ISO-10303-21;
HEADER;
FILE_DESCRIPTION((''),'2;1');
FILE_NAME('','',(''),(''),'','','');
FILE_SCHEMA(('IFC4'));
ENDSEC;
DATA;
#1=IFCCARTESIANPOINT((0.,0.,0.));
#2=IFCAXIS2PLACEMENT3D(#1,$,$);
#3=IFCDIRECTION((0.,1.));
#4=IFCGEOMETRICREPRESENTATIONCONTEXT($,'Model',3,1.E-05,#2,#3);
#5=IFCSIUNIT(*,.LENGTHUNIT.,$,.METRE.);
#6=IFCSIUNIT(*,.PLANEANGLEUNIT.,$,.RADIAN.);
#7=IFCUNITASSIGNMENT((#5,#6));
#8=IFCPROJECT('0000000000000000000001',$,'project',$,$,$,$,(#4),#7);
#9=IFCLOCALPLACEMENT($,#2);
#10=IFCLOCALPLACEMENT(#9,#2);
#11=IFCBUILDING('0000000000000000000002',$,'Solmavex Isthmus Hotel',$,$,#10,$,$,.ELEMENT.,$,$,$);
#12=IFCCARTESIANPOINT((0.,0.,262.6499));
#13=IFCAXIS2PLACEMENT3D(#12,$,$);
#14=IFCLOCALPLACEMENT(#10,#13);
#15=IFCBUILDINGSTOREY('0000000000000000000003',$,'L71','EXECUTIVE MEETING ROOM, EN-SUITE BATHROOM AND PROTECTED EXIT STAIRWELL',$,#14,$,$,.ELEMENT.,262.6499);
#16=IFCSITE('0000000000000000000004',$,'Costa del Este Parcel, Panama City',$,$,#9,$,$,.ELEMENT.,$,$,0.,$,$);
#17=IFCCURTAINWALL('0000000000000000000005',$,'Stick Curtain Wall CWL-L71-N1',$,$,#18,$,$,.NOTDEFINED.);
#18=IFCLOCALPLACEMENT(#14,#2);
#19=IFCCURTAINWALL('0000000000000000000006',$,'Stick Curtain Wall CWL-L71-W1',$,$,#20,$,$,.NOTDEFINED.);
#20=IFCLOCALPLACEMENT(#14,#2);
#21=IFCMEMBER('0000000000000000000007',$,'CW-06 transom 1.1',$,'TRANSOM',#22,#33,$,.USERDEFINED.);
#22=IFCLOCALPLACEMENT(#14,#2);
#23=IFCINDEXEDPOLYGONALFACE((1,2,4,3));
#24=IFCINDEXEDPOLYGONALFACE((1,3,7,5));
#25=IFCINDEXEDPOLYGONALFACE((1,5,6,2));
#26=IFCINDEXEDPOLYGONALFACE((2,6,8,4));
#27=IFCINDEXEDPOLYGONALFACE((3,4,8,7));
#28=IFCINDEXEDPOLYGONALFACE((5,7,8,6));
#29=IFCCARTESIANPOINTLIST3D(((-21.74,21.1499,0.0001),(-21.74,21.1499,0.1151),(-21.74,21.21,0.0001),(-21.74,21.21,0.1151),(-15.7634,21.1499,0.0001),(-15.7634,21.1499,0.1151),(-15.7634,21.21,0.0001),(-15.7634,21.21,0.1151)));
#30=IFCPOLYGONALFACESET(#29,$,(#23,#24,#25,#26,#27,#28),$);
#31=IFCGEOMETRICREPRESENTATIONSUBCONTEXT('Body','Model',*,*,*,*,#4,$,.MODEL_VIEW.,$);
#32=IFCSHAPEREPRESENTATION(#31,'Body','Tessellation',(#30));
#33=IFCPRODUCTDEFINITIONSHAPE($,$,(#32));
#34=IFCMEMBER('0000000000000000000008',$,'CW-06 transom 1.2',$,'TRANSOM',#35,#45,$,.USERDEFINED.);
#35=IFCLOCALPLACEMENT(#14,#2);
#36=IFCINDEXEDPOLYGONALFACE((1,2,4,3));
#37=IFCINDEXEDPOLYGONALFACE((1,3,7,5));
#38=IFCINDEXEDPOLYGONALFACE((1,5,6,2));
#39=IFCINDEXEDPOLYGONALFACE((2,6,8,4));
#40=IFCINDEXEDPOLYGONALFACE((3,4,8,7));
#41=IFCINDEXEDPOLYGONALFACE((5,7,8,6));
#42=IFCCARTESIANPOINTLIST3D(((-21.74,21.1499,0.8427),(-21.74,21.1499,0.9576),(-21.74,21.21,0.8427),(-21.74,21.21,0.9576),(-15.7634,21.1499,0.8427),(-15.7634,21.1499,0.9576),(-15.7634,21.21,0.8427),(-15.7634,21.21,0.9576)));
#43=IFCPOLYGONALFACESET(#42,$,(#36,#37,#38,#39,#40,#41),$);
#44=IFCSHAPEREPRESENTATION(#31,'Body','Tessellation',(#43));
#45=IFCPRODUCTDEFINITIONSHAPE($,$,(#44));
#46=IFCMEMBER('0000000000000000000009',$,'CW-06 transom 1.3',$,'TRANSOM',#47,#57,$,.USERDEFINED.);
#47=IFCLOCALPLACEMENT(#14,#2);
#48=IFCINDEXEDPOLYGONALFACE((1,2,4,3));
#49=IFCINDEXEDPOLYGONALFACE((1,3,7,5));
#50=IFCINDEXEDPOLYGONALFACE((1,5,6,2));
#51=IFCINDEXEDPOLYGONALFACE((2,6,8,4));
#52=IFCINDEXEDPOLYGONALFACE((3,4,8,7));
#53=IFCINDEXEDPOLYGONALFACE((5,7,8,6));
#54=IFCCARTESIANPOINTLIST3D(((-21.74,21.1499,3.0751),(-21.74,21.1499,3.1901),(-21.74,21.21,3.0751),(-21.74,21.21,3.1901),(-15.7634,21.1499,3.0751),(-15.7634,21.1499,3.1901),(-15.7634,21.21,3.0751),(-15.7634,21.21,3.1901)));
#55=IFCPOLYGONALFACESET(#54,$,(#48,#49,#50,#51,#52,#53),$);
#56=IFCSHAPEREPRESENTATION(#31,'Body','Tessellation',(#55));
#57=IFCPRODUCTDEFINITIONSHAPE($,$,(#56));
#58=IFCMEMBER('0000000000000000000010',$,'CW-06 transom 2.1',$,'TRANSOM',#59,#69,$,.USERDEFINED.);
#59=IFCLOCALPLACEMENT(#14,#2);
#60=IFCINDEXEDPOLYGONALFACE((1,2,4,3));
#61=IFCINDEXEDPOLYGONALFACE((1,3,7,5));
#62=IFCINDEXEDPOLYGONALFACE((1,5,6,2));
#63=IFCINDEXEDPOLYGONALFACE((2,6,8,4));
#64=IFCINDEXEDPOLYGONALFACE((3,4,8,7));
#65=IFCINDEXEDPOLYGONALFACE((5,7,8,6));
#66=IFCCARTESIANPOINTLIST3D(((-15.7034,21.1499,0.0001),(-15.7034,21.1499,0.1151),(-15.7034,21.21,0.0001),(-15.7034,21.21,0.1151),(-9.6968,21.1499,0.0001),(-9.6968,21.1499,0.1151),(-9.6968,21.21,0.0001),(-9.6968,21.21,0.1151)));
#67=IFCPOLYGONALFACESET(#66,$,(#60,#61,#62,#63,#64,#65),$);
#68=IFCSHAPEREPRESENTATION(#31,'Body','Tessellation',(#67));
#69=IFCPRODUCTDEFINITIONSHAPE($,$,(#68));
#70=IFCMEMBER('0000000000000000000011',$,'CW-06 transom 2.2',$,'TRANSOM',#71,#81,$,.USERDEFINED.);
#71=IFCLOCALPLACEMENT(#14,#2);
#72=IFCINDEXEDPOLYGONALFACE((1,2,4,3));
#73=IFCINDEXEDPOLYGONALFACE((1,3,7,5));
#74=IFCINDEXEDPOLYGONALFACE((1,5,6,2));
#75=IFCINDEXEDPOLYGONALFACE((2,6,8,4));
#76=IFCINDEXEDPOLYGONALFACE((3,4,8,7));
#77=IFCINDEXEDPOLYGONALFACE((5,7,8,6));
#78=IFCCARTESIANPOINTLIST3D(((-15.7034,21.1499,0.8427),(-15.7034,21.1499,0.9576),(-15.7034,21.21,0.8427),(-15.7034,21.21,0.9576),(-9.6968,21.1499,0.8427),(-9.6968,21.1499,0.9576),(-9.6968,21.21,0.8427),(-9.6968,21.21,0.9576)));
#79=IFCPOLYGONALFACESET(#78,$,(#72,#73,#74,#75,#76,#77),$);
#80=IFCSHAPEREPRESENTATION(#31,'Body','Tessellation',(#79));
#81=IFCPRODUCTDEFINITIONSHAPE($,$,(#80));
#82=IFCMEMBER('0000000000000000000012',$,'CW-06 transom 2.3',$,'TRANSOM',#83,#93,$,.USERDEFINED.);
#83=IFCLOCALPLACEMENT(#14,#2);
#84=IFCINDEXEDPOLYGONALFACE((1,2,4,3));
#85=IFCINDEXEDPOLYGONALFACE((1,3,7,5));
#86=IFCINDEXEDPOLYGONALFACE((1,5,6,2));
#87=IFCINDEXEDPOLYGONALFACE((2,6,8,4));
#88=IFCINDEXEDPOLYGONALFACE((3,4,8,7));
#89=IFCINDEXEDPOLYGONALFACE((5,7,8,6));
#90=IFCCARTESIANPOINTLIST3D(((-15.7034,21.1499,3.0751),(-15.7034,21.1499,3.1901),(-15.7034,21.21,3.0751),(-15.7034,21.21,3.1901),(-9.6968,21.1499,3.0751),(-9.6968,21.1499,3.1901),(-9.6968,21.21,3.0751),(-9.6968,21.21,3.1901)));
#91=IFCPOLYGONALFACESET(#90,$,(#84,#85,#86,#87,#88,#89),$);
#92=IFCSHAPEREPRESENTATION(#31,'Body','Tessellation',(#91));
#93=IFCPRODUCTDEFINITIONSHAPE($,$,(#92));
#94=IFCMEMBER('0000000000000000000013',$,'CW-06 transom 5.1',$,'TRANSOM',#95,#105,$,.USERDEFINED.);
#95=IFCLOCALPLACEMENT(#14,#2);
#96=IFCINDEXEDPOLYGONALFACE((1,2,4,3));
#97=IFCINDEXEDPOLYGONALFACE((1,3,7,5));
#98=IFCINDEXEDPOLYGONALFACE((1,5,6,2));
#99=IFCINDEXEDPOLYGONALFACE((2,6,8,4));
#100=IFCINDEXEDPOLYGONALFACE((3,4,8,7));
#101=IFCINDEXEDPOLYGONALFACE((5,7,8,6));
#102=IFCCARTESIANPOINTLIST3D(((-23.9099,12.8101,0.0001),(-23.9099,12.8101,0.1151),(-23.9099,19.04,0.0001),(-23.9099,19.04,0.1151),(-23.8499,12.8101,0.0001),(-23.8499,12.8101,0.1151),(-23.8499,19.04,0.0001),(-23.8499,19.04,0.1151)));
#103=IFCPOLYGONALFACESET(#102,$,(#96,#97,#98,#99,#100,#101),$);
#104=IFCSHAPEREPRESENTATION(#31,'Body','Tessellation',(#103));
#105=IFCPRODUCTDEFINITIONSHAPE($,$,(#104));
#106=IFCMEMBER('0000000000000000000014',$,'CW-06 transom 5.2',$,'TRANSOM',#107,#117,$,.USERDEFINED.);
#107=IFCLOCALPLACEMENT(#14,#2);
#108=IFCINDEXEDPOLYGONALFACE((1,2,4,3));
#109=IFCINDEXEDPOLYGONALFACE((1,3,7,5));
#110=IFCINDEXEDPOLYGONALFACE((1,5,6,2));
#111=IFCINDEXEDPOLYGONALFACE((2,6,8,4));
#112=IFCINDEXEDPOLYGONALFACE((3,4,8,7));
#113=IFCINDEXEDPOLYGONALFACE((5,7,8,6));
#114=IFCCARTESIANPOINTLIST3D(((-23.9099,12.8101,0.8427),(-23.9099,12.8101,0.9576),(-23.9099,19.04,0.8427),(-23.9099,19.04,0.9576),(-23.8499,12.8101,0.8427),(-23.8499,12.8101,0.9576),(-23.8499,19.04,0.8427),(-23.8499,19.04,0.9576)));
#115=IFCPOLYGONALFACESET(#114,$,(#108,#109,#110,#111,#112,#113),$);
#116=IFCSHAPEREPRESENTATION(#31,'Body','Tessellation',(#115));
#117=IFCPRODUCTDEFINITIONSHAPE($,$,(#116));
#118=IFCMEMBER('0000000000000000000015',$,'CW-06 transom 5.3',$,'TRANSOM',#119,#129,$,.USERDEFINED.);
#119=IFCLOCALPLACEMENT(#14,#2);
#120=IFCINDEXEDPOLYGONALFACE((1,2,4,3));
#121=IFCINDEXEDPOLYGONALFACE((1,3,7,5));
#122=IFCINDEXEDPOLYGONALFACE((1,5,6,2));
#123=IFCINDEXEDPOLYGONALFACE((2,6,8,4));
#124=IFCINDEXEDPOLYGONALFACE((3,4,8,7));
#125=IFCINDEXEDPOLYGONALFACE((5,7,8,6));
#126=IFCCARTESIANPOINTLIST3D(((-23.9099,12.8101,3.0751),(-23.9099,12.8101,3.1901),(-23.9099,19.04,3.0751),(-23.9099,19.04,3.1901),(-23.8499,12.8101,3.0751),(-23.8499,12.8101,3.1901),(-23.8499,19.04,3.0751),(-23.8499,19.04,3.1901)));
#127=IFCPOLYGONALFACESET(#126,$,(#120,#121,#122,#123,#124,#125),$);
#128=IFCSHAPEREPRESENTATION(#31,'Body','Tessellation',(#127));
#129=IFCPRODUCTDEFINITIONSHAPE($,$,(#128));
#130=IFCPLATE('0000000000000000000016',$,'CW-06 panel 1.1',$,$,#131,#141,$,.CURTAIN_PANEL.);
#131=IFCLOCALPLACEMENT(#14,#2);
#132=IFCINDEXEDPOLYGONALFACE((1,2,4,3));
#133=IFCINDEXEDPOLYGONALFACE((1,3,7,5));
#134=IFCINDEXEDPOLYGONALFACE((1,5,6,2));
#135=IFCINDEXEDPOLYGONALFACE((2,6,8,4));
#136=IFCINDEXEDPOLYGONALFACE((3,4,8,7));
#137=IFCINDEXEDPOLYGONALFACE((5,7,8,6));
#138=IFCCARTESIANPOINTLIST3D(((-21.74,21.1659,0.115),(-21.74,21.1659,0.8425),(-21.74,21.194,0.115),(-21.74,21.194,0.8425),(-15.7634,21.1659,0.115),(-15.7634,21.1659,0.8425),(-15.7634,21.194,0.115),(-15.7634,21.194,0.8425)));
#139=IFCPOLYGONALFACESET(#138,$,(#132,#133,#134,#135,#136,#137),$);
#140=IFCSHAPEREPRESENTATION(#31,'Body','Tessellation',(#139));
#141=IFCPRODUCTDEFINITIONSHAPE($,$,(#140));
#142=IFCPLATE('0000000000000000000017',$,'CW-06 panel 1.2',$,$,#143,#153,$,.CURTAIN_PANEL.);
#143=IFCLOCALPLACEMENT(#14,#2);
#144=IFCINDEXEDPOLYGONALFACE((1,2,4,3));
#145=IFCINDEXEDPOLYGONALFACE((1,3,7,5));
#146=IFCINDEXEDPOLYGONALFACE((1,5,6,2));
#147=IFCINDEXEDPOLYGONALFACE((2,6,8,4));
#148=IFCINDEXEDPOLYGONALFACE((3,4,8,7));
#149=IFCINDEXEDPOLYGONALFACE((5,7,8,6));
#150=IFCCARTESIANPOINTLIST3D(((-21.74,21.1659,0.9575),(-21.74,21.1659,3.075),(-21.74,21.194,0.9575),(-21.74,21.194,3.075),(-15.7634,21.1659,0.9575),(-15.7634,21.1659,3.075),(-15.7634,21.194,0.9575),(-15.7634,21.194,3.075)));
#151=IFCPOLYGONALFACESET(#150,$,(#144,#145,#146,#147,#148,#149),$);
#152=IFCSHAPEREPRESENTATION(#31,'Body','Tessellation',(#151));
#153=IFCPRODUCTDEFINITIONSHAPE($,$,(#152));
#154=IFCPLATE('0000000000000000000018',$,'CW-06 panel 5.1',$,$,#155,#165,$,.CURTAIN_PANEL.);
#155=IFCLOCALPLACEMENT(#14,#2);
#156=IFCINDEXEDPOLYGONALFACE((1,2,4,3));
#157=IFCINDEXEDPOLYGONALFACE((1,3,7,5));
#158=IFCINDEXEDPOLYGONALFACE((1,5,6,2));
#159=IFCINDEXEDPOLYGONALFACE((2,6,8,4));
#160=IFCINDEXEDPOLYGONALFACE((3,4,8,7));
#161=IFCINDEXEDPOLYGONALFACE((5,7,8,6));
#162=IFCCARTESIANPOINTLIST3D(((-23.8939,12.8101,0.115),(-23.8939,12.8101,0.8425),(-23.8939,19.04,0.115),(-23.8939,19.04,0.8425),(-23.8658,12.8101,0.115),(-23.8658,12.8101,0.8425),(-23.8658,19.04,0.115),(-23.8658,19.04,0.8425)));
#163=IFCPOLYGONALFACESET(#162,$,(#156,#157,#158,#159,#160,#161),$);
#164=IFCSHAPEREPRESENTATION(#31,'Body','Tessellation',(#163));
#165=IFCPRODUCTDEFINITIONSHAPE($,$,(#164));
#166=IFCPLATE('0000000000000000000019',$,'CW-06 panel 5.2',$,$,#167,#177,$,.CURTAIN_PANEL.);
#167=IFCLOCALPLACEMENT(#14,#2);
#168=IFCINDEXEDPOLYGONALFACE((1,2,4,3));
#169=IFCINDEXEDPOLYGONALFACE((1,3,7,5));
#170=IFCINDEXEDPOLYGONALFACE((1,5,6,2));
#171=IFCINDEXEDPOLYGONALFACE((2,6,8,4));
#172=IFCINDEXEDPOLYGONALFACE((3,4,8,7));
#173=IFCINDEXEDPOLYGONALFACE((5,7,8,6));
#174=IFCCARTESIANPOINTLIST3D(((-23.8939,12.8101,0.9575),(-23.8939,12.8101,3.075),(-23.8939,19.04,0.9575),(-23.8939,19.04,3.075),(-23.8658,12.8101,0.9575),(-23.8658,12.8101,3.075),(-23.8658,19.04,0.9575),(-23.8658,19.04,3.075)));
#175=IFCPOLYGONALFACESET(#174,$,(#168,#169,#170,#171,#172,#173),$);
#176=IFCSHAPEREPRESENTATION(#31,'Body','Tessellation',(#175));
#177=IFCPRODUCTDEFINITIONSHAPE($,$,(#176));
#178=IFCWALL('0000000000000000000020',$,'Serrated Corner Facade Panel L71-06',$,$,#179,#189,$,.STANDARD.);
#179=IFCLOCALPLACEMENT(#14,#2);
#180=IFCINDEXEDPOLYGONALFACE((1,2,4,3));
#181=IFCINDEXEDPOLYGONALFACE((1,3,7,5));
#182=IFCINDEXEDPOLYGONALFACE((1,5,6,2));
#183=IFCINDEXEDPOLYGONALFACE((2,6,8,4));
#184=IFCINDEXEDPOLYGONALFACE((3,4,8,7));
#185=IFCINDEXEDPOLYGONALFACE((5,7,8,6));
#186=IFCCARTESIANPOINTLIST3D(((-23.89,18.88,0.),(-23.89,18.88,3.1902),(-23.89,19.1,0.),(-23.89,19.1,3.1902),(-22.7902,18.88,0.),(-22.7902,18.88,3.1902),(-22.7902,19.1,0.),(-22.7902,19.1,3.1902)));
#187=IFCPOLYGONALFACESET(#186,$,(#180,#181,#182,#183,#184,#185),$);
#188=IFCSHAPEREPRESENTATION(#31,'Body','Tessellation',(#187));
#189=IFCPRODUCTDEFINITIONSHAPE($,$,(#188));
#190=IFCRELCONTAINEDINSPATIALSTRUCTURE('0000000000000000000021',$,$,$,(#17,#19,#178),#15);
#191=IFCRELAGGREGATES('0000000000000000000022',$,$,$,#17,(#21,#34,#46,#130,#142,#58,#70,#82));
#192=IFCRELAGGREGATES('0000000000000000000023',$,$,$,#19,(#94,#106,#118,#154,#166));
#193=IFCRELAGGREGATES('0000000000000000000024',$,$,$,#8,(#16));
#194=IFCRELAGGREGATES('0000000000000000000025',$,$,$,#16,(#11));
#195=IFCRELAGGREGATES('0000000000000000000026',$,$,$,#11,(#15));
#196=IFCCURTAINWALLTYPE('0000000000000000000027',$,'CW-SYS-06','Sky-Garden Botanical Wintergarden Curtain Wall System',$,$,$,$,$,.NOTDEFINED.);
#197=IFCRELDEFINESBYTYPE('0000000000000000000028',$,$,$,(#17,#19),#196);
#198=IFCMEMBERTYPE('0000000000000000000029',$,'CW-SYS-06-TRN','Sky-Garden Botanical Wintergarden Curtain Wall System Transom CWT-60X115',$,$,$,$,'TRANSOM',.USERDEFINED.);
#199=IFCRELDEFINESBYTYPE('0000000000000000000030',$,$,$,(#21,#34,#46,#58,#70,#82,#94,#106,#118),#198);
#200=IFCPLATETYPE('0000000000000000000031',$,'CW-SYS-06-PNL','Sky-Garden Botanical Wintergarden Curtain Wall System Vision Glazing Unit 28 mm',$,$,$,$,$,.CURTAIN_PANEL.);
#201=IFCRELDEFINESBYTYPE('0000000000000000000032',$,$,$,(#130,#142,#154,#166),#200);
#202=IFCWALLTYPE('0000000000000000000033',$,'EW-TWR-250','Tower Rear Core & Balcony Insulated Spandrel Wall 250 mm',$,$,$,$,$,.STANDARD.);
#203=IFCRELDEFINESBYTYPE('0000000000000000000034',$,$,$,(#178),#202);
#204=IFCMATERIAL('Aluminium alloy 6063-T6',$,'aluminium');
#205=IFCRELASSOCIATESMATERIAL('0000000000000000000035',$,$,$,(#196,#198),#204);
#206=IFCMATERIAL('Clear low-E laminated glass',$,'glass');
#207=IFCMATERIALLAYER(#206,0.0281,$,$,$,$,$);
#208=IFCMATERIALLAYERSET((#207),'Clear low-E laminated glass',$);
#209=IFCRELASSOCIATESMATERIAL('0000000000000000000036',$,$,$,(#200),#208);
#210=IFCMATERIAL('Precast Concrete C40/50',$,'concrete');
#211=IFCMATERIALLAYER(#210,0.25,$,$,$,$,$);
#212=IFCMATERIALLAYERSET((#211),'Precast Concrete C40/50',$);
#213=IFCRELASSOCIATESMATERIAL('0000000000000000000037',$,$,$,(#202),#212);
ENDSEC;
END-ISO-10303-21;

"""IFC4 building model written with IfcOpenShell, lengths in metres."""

from ifc_helpers import new_model, si_unit, direction, frame, frame_2d, origin, origin_2d, place, context, subcontext, project, spatial, rectangle, extrude, material, layer, layer_set, material_profile, profile_set, type_object, element, aggregate, save


model = new_model("IFC4")

# Units and contexts
model_context = context("Model", 3, precision=1e-05, world=origin(), true_north=direction((0.0, 1.0)))
body_context = subcontext(model_context, "Body", "Model", "MODEL_VIEW")
ifc_project = project(units=[si_unit("LENGTHUNIT", "METRE"), si_unit("PLANEANGLEUNIT", "RADIAN")], contexts=[model_context])

# Site, building, storey
site_placement = place(None, origin())
site = spatial("IfcSite", under=ifc_project, at=site_placement, Name="Costa del Este Parcel, Panama City", CompositionType="ELEMENT", RefElevation=0.0)
building_placement = place(site_placement, origin())
building = spatial("IfcBuilding", under=site, at=building_placement, Name="Solmavex Isthmus Hotel", CompositionType="ELEMENT")
storey_placement = place(building_placement, frame((0.0, 0.0, 262.6499)))
storey = spatial("IfcBuildingStorey", under=building, at=storey_placement, Name="L71", Description="EXECUTIVE MEETING ROOM, EN-SUITE BATHROOM AND PROTECTED EXIT STAIRWELL", CompositionType="ELEMENT", Elevation=262.6499)

# Curtain wall
ifc_material_1 = material(Name="Aluminium alloy 6063-T6", Category="aluminium")
curtain_wall_type = type_object("IfcCurtainWallType", Name="CW-SYS-06", Description="Sky-Garden Botanical Wintergarden Curtain Wall System", PredefinedType="NOTDEFINED", material=ifc_material_1)
curtain_wall_1_placement = place(storey_placement, origin())
curtain_wall_1 = element("IfcCurtainWall", 1, at=curtain_wall_1_placement, inside=storey, type_object=curtain_wall_type, Name="Stick Curtain Wall CWL-L71-N1", PredefinedType="NOTDEFINED")

# Curtain wall
curtain_wall_2_placement = place(storey_placement, origin())
curtain_wall_2 = element("IfcCurtainWall", 2, at=curtain_wall_2_placement, inside=storey, type_object=curtain_wall_type, Name="Stick Curtain Wall CWL-L71-W1", PredefinedType="NOTDEFINED")

# Members
ifc_material_profile_1 = material_profile(ifc_material_1, rectangle(XDim=0.0601, YDim=0.115, at=origin_2d()), Name="CWT-60X115")
ifc_profile_set_1 = profile_set([ifc_material_profile_1], Name="Aluminium alloy 6063-T6")
member_type_1 = type_object("IfcMemberType", Name="CW-SYS-06-TRN", Description="Sky-Garden Botanical Wintergarden Curtain Wall System Transom CWT-60X115", ElementType="TRANSOM", PredefinedType="USERDEFINED", material=ifc_profile_set_1)
member_1_placement = place(storey_placement, frame((-21.74, 21.1799, 0.0576), z_axis=(1.0, 0.0, 0.0), x_axis=(0.0, 1.0, 0.0)))
member_1 = element("IfcMember", 3, at=member_1_placement, type_object=member_type_1, Name="CW-06 transom 1.1", ObjectType="TRANSOM", PredefinedType="USERDEFINED", context=body_context, shape_type="SweptSolid", body=[
    extrude(rectangle(XDim=0.0601, YDim=0.115, at=origin_2d()), origin(), (0.0, 0.0, 1.0), 5.9766),
])
member_2_placement = place(storey_placement, frame((-21.74, 21.1799, 0.9001), z_axis=(1.0, 0.0, 0.0), x_axis=(0.0, 1.0, 0.0)))
member_2 = element("IfcMember", 4, at=member_2_placement, type_object=member_type_1, Name="CW-06 transom 1.2", ObjectType="TRANSOM", PredefinedType="USERDEFINED", context=body_context, shape_type="SweptSolid", body=[
    extrude(rectangle(XDim=0.0601, YDim=0.115, at=origin_2d()), origin(), (0.0, 0.0, 1.0), 5.9766),
])
member_3_placement = place(storey_placement, frame((-21.74, 21.1799, 3.1326), z_axis=(1.0, 0.0, 0.0), x_axis=(0.0, 1.0, 0.0)))
member_3 = element("IfcMember", 5, at=member_3_placement, type_object=member_type_1, Name="CW-06 transom 1.3", ObjectType="TRANSOM", PredefinedType="USERDEFINED", context=body_context, shape_type="SweptSolid", body=[
    extrude(rectangle(XDim=0.0601, YDim=0.115, at=origin_2d()), origin(), (0.0, 0.0, 1.0), 5.9766),
])
member_4_placement = place(storey_placement, frame((-15.7034, 21.1799, 0.0576), z_axis=(1.0, 0.0, 0.0), x_axis=(0.0, 1.0, 0.0)))
member_4 = element("IfcMember", 6, at=member_4_placement, type_object=member_type_1, Name="CW-06 transom 2.1", ObjectType="TRANSOM", PredefinedType="USERDEFINED", context=body_context, shape_type="SweptSolid", body=[
    extrude(rectangle(XDim=0.0601, YDim=0.115, at=origin_2d()), origin(), (0.0, 0.0, 1.0), 6.0066),
])
member_5_placement = place(storey_placement, frame((-15.7034, 21.1799, 0.9001), z_axis=(1.0, 0.0, 0.0), x_axis=(0.0, 1.0, 0.0)))
member_5 = element("IfcMember", 7, at=member_5_placement, type_object=member_type_1, Name="CW-06 transom 2.2", ObjectType="TRANSOM", PredefinedType="USERDEFINED", context=body_context, shape_type="SweptSolid", body=[
    extrude(rectangle(XDim=0.0601, YDim=0.115, at=origin_2d()), origin(), (0.0, 0.0, 1.0), 6.0066),
])
member_6_placement = place(storey_placement, frame((-15.7034, 21.1799, 3.1326), z_axis=(1.0, 0.0, 0.0), x_axis=(0.0, 1.0, 0.0)))
member_6 = element("IfcMember", 8, at=member_6_placement, type_object=member_type_1, Name="CW-06 transom 2.3", ObjectType="TRANSOM", PredefinedType="USERDEFINED", context=body_context, shape_type="SweptSolid", body=[
    extrude(rectangle(XDim=0.0601, YDim=0.115, at=origin_2d()), origin(), (0.0, 0.0, 1.0), 6.0066),
])
member_7_placement = place(storey_placement, frame((-23.8799, 12.8101, 0.0576), z_axis=(0.0, 1.0, 0.0), x_axis=(-1.0, 0.0, 0.0)))
member_7 = element("IfcMember", 9, at=member_7_placement, type_object=member_type_1, Name="CW-06 transom 5.1", ObjectType="TRANSOM", PredefinedType="USERDEFINED", context=body_context, shape_type="SweptSolid", body=[
    extrude(rectangle(XDim=0.0601, YDim=0.115, at=origin_2d()), origin(), (0.0, 0.0, 1.0), 6.23),
])
member_8_placement = place(storey_placement, frame((-23.8799, 12.8101, 0.9001), z_axis=(0.0, 1.0, 0.0), x_axis=(-1.0, 0.0, 0.0)))
member_8 = element("IfcMember", 10, at=member_8_placement, type_object=member_type_1, Name="CW-06 transom 5.2", ObjectType="TRANSOM", PredefinedType="USERDEFINED", context=body_context, shape_type="SweptSolid", body=[
    extrude(rectangle(XDim=0.0601, YDim=0.115, at=origin_2d()), origin(), (0.0, 0.0, 1.0), 6.23),
])
member_9_placement = place(storey_placement, frame((-23.8799, 12.8101, 3.1326), z_axis=(0.0, 1.0, 0.0), x_axis=(-1.0, 0.0, 0.0)))
member_9 = element("IfcMember", 11, at=member_9_placement, type_object=member_type_1, Name="CW-06 transom 5.3", ObjectType="TRANSOM", PredefinedType="USERDEFINED", context=body_context, shape_type="SweptSolid", body=[
    extrude(rectangle(XDim=0.0601, YDim=0.115, at=origin_2d()), origin(), (0.0, 0.0, 1.0), 6.23),
])

# Plates
ifc_material_2 = material(Name="Clear low-E laminated glass", Category="glass")
ifc_layer_1 = layer(ifc_material_2, 0.0281)
ifc_layer_set_1 = layer_set([ifc_layer_1], Name="Clear low-E laminated glass")
plate_type = type_object("IfcPlateType", Name="CW-SYS-06-PNL", Description="Sky-Garden Botanical Wintergarden Curtain Wall System Vision Glazing Unit 28 mm", PredefinedType="CURTAIN_PANEL", material=ifc_layer_set_1)
plate_1_placement = place(storey_placement, frame((-18.7517, 21.1799, 0.115), z_axis=(0.0, 0.0, 1.0), x_axis=(1.0, 0.0, 0.0)))
plate_1 = element("IfcPlate", 12, at=plate_1_placement, type_object=plate_type, Name="CW-06 panel 1.1", PredefinedType="CURTAIN_PANEL", context=body_context, shape_type="SweptSolid", body=[
    extrude(rectangle(XDim=5.9766, YDim=0.0281, at=origin_2d()), origin(), (0.0, 0.0, 1.0), 0.7275),
])
plate_2_placement = place(storey_placement, frame((-18.7517, 21.1799, 0.9575), z_axis=(0.0, 0.0, 1.0), x_axis=(1.0, 0.0, 0.0)))
plate_2 = element("IfcPlate", 13, at=plate_2_placement, type_object=plate_type, Name="CW-06 panel 1.2", PredefinedType="CURTAIN_PANEL", context=body_context, shape_type="SweptSolid", body=[
    extrude(rectangle(XDim=5.9766, YDim=0.0281, at=origin_2d()), origin(), (0.0, 0.0, 1.0), 2.1174),
])
aggregate(curtain_wall_1, [member_1, member_2, member_3, plate_1, plate_2, member_4, member_5, member_6])
plate_3_placement = place(storey_placement, frame((-23.8799, 15.925, 0.115), z_axis=(0.0, 0.0, 1.0), x_axis=(0.0, 1.0, 0.0)))
plate_3 = element("IfcPlate", 14, at=plate_3_placement, type_object=plate_type, Name="CW-06 panel 5.1", PredefinedType="CURTAIN_PANEL", context=body_context, shape_type="SweptSolid", body=[
    extrude(rectangle(XDim=6.23, YDim=0.0281, at=origin_2d()), origin(), (0.0, 0.0, 1.0), 0.7275),
])
plate_4_placement = place(storey_placement, frame((-23.8799, 15.925, 0.9575), z_axis=(0.0, 0.0, 1.0), x_axis=(0.0, 1.0, 0.0)))
plate_4 = element("IfcPlate", 15, at=plate_4_placement, type_object=plate_type, Name="CW-06 panel 5.2", PredefinedType="CURTAIN_PANEL", context=body_context, shape_type="SweptSolid", body=[
    extrude(rectangle(XDim=6.23, YDim=0.0281, at=origin_2d()), origin(), (0.0, 0.0, 1.0), 2.1174),
])
aggregate(curtain_wall_2, [member_7, member_8, member_9, plate_3, plate_4])

# Wall
ifc_material_3 = material(Name="Precast Concrete C40/50", Category="concrete")
ifc_layer_2 = layer(ifc_material_3, 0.25)
ifc_layer_set_2 = layer_set([ifc_layer_2], Name="Precast Concrete C40/50")
wall_type_1 = type_object("IfcWallType", Name="EW-TWR-250", Description="Tower Rear Core & Balcony Insulated Spandrel Wall 250 mm", PredefinedType="STANDARD", material=ifc_layer_set_2)
wall_1_placement = place(storey_placement, frame((-23.8899, 18.99, 0.0), z_axis=(0.0, 0.0, 1.0), x_axis=(1.0, 0.0, 0.0)))
element("IfcWall", 16, at=wall_1_placement, inside=storey, type_object=wall_type_1, Name="Serrated Corner Facade Panel L71-06", PredefinedType="STANDARD", context=body_context, shape_type="SweptSolid", body=[
    extrude(rectangle(XDim=1.0999, YDim=0.22, at=frame_2d((0.5498, 0.0))), origin(), (0.0, 0.0, 1.0), 3.1902),
])

save(model, "model.ifc")
